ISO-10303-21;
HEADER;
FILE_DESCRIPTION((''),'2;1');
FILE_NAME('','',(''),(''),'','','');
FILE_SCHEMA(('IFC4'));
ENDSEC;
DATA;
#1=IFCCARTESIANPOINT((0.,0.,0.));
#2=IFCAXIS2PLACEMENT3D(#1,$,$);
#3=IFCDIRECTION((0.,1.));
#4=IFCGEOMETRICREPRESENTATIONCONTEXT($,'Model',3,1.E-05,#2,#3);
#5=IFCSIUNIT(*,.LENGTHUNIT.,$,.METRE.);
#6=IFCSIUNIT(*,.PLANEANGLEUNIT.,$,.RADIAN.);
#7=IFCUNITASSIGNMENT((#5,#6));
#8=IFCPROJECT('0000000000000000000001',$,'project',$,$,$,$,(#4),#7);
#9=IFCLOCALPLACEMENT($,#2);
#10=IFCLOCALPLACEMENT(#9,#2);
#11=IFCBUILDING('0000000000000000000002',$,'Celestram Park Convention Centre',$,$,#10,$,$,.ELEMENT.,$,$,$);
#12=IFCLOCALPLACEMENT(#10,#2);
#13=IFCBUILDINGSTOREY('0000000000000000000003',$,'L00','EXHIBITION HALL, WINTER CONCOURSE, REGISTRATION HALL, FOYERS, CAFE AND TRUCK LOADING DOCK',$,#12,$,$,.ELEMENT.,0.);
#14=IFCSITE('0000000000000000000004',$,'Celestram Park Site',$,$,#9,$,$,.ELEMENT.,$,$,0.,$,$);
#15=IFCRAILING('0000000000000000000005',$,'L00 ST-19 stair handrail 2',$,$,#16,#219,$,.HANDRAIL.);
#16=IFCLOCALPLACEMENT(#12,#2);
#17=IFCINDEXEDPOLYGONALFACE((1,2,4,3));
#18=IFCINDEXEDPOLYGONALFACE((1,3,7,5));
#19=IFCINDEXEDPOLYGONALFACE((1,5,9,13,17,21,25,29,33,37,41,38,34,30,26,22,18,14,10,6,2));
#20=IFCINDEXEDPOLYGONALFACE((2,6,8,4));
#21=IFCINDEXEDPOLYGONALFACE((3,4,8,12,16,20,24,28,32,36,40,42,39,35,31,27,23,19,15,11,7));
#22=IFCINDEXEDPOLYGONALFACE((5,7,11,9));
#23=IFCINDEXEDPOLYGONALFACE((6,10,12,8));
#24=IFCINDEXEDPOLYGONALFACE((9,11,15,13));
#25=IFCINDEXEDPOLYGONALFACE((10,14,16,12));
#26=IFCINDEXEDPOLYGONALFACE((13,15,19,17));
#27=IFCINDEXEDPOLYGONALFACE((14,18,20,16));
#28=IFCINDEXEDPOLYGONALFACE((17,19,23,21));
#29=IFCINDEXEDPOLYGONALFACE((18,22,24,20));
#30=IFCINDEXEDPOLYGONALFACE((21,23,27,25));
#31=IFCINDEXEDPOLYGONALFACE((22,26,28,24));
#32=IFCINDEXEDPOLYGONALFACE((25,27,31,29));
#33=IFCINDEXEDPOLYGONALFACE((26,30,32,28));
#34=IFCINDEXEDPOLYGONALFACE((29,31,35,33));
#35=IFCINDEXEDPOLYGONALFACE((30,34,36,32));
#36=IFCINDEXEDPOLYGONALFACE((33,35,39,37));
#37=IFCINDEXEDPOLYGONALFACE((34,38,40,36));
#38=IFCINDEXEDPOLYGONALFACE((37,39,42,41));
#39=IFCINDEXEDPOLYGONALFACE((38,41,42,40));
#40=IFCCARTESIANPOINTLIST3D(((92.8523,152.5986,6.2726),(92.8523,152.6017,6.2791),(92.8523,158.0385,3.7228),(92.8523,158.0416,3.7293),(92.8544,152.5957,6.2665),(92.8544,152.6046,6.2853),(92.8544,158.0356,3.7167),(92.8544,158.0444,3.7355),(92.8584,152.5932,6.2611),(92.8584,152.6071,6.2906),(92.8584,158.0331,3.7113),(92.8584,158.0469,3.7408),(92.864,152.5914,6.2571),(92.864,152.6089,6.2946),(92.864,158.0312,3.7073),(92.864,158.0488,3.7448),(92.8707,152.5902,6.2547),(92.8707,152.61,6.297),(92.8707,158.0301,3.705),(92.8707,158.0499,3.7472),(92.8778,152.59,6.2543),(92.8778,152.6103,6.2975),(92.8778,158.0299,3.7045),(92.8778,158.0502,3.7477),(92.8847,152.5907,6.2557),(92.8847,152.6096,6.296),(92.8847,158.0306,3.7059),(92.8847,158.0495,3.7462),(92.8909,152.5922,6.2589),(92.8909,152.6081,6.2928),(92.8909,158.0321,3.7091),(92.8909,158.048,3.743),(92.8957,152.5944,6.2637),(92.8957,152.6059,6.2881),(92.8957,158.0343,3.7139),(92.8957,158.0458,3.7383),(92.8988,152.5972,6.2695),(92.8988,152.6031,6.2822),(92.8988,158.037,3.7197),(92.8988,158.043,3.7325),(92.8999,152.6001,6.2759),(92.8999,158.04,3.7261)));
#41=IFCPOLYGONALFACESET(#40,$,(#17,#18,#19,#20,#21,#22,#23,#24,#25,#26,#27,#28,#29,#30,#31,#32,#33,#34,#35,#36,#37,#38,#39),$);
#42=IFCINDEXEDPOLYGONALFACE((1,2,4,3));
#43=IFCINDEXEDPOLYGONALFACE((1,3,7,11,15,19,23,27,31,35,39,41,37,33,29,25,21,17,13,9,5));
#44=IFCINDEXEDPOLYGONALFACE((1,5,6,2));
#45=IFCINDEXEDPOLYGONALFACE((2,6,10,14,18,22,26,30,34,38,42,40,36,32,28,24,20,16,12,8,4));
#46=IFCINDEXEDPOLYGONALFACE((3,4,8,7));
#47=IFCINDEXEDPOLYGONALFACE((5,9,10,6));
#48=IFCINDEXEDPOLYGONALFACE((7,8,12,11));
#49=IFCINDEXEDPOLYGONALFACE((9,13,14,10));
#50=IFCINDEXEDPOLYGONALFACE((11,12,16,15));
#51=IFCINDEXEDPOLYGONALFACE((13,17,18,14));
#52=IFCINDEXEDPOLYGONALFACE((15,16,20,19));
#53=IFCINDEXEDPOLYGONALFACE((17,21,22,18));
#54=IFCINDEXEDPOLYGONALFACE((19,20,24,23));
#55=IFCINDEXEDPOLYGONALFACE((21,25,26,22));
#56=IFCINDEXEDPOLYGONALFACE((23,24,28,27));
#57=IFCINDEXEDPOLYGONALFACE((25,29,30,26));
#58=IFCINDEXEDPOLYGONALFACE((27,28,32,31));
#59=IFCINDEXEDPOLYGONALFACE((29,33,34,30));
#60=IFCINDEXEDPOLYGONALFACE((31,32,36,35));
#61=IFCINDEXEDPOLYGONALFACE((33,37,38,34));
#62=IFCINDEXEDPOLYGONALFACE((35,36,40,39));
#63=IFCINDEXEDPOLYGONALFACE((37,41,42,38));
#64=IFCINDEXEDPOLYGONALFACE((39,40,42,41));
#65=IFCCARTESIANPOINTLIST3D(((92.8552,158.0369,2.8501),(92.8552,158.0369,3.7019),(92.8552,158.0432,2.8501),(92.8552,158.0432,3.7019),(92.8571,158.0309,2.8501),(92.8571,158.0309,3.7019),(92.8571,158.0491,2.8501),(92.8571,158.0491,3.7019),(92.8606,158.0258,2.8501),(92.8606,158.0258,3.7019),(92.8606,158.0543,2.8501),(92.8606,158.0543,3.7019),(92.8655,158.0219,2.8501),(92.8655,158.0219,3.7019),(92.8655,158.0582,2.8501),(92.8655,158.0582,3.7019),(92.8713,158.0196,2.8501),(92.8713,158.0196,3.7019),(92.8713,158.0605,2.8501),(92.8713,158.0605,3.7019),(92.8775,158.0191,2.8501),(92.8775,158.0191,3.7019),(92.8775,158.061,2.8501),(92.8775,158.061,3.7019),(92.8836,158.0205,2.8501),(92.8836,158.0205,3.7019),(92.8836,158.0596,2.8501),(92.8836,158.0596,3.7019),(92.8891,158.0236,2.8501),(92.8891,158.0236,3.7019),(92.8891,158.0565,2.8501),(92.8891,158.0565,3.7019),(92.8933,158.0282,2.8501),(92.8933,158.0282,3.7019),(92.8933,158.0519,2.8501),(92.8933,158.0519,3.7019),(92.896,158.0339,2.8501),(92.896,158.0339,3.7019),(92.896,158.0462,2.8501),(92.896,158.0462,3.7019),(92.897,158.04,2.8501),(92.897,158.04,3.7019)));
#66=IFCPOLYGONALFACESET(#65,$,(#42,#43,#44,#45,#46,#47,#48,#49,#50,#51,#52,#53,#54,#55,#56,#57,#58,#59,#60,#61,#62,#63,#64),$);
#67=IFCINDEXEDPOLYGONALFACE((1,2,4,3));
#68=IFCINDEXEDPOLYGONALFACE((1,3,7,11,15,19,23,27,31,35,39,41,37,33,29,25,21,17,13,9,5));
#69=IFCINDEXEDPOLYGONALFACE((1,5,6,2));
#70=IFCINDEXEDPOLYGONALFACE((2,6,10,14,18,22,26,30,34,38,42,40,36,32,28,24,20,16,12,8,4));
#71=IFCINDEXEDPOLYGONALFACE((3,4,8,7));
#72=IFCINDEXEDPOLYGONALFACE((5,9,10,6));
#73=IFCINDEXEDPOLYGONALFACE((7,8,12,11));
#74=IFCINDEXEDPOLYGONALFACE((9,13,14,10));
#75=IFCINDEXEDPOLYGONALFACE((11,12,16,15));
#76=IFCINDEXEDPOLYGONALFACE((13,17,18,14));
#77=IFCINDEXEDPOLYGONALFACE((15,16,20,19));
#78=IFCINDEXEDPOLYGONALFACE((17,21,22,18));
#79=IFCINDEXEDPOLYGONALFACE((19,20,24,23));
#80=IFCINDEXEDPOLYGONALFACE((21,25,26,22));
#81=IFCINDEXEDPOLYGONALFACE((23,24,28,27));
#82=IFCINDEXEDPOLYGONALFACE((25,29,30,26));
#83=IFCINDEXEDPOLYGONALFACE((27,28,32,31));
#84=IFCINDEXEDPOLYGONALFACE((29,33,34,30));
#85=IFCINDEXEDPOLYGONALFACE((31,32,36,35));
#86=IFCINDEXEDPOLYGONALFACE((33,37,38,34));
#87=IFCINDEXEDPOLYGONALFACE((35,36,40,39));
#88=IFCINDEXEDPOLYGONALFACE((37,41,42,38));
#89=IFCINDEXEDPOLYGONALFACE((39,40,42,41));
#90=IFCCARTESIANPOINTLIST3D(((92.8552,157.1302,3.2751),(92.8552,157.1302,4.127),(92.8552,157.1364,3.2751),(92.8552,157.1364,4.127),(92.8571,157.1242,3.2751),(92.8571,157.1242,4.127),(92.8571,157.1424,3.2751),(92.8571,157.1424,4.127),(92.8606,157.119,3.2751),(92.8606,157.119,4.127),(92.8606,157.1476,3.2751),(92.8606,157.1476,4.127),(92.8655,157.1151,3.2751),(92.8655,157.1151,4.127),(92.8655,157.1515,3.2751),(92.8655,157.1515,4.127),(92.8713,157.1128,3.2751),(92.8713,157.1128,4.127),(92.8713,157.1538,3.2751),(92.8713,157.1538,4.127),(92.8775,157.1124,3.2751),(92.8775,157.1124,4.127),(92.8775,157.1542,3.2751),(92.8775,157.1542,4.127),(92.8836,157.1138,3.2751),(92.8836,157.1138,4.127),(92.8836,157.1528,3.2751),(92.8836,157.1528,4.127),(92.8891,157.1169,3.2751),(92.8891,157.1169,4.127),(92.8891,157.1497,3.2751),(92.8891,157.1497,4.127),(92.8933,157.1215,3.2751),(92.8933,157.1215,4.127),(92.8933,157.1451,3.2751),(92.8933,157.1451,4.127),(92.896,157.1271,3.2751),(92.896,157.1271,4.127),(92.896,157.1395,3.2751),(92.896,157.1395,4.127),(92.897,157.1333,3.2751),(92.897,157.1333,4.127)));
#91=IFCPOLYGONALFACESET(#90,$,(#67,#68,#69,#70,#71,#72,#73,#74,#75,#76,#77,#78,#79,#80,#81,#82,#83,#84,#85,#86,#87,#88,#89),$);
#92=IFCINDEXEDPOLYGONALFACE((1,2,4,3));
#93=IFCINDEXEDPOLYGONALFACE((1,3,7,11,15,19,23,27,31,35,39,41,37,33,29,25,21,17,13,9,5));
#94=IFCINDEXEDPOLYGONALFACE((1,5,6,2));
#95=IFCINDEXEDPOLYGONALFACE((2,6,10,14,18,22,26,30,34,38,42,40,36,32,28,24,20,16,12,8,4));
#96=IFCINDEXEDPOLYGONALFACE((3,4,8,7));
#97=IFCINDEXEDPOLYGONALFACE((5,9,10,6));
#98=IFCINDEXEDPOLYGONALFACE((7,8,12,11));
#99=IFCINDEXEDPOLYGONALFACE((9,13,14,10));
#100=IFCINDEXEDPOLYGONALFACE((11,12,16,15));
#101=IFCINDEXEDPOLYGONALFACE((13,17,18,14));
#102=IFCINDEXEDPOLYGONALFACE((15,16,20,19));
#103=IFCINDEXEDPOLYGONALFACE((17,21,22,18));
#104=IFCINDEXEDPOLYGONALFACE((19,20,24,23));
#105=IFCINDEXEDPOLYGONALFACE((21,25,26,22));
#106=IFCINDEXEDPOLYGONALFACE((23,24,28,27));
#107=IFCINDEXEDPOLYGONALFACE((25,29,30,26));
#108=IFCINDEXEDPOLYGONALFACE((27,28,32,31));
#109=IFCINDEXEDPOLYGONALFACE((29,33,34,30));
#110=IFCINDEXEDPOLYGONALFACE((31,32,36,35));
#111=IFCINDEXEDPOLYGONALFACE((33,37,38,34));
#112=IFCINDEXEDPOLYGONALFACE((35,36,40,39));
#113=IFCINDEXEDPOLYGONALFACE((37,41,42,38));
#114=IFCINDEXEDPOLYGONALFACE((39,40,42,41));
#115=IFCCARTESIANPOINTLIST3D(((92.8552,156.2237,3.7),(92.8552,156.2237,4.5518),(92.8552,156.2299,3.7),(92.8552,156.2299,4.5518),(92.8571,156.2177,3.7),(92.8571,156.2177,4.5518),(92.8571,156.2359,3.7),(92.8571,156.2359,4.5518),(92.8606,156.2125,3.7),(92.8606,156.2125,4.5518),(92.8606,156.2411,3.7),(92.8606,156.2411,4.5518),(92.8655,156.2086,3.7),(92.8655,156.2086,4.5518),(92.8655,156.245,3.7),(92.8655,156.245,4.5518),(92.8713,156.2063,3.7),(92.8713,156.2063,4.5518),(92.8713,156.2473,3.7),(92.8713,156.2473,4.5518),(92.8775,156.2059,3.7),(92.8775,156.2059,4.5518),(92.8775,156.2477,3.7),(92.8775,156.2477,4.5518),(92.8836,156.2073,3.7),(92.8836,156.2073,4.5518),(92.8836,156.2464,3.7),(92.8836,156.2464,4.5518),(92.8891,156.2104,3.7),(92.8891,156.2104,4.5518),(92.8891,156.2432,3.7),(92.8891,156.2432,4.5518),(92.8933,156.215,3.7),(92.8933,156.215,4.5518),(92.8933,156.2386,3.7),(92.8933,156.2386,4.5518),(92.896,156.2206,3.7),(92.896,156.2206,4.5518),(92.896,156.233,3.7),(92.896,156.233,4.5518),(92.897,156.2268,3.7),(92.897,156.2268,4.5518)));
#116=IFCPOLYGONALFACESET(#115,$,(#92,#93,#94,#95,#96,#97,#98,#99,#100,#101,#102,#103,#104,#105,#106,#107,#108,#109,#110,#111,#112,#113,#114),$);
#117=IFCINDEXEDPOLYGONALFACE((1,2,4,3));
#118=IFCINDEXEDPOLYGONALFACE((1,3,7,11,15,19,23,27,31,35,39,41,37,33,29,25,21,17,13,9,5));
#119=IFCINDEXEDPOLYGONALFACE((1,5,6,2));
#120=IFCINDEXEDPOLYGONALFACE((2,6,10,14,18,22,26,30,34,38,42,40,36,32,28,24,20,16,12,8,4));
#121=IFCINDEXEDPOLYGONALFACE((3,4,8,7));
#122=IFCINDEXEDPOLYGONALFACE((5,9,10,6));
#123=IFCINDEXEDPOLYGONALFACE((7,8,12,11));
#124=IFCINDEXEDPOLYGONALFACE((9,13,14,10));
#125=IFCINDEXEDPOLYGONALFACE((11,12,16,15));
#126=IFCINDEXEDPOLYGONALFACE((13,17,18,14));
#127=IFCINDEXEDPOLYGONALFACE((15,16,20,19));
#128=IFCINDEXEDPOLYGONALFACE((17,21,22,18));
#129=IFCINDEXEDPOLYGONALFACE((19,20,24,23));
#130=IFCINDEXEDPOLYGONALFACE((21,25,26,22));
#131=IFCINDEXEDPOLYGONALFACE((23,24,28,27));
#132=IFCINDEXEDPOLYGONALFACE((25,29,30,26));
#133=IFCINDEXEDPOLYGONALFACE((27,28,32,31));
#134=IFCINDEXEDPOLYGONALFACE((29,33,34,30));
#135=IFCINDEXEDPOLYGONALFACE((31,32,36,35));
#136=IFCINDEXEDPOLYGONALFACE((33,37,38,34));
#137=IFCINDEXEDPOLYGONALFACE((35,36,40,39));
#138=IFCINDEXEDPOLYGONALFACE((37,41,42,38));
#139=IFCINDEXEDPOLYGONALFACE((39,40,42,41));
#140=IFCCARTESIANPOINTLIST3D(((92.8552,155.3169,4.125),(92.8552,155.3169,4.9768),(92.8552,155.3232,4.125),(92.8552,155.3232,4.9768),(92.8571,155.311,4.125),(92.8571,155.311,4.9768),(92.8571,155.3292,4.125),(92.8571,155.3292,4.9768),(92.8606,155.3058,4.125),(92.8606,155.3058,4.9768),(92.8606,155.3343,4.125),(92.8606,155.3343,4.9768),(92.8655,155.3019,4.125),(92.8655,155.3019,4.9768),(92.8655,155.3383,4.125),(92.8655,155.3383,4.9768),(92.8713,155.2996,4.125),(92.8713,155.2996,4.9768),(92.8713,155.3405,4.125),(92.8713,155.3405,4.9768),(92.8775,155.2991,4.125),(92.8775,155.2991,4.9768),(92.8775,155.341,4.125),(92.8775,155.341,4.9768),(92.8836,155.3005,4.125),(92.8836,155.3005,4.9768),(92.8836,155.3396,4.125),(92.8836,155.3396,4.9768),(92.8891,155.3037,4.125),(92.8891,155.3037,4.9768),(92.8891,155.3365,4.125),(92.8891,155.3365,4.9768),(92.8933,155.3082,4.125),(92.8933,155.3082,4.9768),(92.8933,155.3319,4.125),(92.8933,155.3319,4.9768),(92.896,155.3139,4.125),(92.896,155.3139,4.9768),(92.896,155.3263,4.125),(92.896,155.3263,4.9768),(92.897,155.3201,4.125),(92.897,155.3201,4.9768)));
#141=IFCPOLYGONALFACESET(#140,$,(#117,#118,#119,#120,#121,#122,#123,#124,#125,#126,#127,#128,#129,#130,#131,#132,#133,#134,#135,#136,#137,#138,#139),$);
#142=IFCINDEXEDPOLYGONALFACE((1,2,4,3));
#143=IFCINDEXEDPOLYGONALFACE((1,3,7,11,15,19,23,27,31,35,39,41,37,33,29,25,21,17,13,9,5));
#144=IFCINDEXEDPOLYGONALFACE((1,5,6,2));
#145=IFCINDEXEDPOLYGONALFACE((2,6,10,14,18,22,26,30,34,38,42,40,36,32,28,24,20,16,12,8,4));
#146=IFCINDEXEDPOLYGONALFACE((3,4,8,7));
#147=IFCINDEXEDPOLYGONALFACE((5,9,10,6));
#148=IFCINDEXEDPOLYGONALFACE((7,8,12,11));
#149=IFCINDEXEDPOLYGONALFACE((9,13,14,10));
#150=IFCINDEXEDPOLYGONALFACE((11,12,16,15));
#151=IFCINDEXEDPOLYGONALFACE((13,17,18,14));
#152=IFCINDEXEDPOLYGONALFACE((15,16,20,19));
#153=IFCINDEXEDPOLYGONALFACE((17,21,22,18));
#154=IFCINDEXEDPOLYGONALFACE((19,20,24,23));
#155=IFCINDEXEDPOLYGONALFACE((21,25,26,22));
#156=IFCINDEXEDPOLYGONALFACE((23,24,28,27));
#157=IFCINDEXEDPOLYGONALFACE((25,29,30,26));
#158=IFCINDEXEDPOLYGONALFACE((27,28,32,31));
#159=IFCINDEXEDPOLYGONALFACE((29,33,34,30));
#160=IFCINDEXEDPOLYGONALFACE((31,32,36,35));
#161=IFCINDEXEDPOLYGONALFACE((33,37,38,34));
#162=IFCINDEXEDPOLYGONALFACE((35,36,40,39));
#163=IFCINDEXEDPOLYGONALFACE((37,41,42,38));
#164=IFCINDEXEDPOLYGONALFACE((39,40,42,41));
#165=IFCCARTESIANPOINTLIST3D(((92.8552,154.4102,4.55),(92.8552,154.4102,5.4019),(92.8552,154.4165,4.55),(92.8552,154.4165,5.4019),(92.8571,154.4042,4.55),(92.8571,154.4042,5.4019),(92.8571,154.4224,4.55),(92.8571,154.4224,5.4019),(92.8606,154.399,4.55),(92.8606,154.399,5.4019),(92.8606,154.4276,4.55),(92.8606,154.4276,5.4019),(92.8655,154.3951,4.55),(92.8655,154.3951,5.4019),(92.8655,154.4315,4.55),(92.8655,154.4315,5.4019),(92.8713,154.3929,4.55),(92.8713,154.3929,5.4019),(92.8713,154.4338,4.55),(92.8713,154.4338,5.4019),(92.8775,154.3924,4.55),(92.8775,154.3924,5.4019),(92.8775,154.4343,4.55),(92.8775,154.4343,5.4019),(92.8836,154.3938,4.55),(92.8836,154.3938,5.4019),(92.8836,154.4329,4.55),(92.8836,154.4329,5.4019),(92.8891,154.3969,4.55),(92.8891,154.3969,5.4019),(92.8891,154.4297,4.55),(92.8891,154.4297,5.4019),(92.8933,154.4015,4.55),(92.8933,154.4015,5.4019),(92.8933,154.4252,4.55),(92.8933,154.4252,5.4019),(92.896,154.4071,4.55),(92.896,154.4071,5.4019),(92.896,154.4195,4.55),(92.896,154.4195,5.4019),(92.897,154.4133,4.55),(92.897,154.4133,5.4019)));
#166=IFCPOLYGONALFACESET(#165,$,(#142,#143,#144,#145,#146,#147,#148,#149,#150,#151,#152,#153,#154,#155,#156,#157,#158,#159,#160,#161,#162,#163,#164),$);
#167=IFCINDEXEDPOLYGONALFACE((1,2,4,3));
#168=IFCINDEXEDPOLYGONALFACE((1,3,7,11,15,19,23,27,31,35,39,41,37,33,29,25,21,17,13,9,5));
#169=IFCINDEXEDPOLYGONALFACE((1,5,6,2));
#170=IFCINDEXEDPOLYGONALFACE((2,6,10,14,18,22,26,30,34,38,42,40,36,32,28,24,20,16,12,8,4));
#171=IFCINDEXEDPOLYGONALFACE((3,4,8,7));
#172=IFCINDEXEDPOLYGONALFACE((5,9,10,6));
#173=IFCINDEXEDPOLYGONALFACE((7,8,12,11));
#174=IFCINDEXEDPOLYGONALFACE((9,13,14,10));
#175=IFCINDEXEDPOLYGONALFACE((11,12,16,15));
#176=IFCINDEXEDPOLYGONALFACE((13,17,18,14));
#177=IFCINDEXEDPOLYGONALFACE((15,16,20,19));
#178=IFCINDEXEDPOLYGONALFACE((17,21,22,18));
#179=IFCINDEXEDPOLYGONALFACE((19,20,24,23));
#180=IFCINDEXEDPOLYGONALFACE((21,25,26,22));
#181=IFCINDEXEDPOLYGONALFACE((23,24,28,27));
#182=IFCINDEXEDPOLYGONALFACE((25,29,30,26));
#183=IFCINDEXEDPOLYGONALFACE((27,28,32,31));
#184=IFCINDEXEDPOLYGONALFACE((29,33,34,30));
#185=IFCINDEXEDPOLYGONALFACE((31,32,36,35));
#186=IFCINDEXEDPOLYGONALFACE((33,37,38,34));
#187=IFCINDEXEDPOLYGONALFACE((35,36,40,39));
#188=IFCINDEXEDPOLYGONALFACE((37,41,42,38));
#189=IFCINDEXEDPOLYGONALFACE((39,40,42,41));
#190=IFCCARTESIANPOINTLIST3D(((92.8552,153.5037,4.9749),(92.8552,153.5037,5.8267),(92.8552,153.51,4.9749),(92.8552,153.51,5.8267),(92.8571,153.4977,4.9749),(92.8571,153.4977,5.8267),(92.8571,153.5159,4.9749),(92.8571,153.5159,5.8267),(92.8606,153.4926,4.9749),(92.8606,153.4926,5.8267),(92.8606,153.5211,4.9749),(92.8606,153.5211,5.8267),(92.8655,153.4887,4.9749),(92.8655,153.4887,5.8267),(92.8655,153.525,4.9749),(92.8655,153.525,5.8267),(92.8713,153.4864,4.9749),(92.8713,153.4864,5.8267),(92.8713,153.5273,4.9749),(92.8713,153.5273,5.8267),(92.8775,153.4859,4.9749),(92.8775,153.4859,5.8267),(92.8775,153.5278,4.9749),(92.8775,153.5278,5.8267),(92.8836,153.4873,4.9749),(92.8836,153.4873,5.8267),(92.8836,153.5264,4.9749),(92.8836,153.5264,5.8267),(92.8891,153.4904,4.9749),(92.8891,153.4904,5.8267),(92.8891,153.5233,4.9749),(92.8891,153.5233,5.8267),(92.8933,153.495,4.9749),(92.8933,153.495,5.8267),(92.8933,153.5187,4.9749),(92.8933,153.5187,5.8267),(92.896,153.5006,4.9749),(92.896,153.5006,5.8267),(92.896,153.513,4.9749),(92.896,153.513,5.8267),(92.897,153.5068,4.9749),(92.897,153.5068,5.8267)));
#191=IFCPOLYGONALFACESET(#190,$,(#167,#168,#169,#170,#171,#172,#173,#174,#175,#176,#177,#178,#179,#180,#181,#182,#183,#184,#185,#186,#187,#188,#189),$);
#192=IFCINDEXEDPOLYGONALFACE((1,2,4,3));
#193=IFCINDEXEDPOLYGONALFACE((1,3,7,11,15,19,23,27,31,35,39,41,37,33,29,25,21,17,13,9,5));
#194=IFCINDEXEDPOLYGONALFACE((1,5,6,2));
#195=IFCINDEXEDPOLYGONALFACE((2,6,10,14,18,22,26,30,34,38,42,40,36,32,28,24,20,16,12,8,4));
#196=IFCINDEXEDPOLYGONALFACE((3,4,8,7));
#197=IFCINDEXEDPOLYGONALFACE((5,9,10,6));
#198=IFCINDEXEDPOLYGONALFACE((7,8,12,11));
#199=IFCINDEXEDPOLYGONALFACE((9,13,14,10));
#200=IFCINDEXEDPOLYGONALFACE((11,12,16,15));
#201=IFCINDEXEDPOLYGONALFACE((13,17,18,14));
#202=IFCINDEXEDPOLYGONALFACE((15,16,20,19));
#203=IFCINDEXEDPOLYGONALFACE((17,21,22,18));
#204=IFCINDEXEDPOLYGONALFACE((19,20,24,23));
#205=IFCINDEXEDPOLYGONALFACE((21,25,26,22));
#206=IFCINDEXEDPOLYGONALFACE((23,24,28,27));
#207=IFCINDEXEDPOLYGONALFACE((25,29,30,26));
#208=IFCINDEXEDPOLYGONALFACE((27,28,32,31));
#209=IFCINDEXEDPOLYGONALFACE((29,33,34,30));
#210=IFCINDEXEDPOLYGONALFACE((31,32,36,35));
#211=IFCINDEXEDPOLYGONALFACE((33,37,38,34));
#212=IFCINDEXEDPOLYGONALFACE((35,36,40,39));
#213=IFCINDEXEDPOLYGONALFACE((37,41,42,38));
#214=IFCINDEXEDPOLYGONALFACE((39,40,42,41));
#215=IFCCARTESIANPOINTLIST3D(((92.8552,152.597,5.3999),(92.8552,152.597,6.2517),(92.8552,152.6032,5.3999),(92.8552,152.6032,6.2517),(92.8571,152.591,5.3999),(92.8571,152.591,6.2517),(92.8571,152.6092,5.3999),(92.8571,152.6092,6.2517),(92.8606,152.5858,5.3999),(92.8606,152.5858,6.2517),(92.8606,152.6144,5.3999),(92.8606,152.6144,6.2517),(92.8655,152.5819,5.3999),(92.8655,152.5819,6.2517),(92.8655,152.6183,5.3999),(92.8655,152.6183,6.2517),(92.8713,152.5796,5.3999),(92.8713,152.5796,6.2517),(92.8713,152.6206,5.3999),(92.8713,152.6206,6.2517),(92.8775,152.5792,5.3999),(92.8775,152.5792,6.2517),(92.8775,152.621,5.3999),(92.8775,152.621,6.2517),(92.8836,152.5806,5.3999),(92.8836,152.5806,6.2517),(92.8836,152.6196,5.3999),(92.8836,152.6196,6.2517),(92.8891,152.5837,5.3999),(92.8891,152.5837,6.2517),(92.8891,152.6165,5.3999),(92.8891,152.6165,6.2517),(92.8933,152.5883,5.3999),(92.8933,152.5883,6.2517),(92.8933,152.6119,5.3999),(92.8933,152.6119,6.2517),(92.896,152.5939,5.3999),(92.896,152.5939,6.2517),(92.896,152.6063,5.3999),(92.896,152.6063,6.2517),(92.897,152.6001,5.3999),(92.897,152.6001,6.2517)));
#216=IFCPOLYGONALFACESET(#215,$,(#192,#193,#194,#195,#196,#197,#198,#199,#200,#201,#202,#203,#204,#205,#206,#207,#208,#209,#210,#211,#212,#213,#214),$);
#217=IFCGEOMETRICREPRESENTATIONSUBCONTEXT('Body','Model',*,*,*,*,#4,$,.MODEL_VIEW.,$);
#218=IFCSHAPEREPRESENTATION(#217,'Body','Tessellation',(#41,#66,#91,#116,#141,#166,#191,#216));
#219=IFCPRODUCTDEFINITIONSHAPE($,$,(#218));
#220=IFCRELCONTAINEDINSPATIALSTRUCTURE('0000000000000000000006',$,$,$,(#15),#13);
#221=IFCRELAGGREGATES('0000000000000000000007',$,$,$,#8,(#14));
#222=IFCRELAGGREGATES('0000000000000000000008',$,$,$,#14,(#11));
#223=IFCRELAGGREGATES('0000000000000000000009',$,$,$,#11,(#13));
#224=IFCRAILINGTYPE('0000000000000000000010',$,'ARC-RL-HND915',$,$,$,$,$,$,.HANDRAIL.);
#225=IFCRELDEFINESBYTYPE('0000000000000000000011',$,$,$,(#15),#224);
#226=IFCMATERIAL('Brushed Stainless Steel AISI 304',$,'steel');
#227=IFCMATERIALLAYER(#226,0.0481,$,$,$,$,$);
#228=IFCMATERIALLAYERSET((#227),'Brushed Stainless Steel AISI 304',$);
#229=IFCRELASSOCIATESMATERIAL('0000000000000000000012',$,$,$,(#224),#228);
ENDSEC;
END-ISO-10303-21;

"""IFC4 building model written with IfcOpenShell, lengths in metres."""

from ifc_helpers import new_model, si_unit, direction, frame, origin, origin_2d, place, context, subcontext, project, spatial, circle, extrude, material, layer, layer_set, type_object, element, save


model = new_model("IFC4")

# Units and contexts
model_context = context("Model", 3, precision=1e-05, world=origin(), true_north=direction((0.0, 1.0)))
body_context = subcontext(model_context, "Body", "Model", "MODEL_VIEW")
ifc_project = project(units=[si_unit("LENGTHUNIT", "METRE"), si_unit("PLANEANGLEUNIT", "RADIAN")], contexts=[model_context])

# Site, building, storey
site_placement = place(None, origin())
site = spatial("IfcSite", under=ifc_project, at=site_placement, Name="Celestram Park Site", CompositionType="ELEMENT", RefElevation=0.0)
building_placement = place(site_placement, origin())
building = spatial("IfcBuilding", under=site, at=building_placement, Name="Celestram Park Convention Centre", CompositionType="ELEMENT")
storey_placement = place(building_placement, origin())
storey = spatial("IfcBuildingStorey", under=building, at=storey_placement, Name="L00", Description="EXHIBITION HALL, WINTER CONCOURSE, REGISTRATION HALL, FOYERS, CAFE AND TRUCK LOADING DOCK", CompositionType="ELEMENT", Elevation=0.0)

# Railing
ifc_material_1 = material(Name="Brushed Stainless Steel AISI 304", Category="steel")
ifc_layer_1 = layer(ifc_material_1, 0.0481)
ifc_layer_set_1 = layer_set([ifc_layer_1], Name="Brushed Stainless Steel AISI 304")
railing_type_1 = type_object("IfcRailingType", Name="ARC-RL-HND915", PredefinedType="HANDRAIL", material=ifc_layer_set_1)
railing_1_placement = place(storey_placement, frame((92.876, 158.04, 2.8501)))
element("IfcRailing", 1, at=railing_1_placement, inside=storey, type_object=railing_type_1, Name="L00 ST-19 stair handrail 2", PredefinedType="HANDRAIL", context=body_context, shape_type="SweptSolid", body=[
    extrude(circle(Radius=0.0239, at=origin_2d()), frame((0.0, 0.0, 0.876), z_axis=(0.0, -0.90547, 0.424411), x_axis=(1.0, 0.0, 0.0)), (0.0, 0.0, 1.0), 6.0078),
    extrude(circle(Radius=0.021, at=origin_2d()), origin(), (0.0, 0.0, 1.0), 0.8518),
    extrude(circle(Radius=0.021, at=origin_2d()), frame((0.0, -0.9067, 0.425)), (0.0, 0.0, 1.0), 0.8518),
    extrude(circle(Radius=0.021, at=origin_2d()), frame((0.0, -1.8132, 0.8499)), (0.0, 0.0, 1.0), 0.8518),
    extrude(circle(Radius=0.021, at=origin_2d()), frame((0.0, -2.72, 1.2749)), (0.0, 0.0, 1.0), 0.8518),
    extrude(circle(Radius=0.021, at=origin_2d()), frame((0.0, -3.6267, 1.7)), (0.0, 0.0, 1.0), 0.8518),
    extrude(circle(Radius=0.021, at=origin_2d()), frame((0.0, -4.5332, 2.1248)), (0.0, 0.0, 1.0), 0.8518),
    extrude(circle(Radius=0.021, at=origin_2d()), frame((0.0, -5.4399, 2.5498)), (0.0, 0.0, 1.0), 0.8518),
])

save(model, "model.ifc")
